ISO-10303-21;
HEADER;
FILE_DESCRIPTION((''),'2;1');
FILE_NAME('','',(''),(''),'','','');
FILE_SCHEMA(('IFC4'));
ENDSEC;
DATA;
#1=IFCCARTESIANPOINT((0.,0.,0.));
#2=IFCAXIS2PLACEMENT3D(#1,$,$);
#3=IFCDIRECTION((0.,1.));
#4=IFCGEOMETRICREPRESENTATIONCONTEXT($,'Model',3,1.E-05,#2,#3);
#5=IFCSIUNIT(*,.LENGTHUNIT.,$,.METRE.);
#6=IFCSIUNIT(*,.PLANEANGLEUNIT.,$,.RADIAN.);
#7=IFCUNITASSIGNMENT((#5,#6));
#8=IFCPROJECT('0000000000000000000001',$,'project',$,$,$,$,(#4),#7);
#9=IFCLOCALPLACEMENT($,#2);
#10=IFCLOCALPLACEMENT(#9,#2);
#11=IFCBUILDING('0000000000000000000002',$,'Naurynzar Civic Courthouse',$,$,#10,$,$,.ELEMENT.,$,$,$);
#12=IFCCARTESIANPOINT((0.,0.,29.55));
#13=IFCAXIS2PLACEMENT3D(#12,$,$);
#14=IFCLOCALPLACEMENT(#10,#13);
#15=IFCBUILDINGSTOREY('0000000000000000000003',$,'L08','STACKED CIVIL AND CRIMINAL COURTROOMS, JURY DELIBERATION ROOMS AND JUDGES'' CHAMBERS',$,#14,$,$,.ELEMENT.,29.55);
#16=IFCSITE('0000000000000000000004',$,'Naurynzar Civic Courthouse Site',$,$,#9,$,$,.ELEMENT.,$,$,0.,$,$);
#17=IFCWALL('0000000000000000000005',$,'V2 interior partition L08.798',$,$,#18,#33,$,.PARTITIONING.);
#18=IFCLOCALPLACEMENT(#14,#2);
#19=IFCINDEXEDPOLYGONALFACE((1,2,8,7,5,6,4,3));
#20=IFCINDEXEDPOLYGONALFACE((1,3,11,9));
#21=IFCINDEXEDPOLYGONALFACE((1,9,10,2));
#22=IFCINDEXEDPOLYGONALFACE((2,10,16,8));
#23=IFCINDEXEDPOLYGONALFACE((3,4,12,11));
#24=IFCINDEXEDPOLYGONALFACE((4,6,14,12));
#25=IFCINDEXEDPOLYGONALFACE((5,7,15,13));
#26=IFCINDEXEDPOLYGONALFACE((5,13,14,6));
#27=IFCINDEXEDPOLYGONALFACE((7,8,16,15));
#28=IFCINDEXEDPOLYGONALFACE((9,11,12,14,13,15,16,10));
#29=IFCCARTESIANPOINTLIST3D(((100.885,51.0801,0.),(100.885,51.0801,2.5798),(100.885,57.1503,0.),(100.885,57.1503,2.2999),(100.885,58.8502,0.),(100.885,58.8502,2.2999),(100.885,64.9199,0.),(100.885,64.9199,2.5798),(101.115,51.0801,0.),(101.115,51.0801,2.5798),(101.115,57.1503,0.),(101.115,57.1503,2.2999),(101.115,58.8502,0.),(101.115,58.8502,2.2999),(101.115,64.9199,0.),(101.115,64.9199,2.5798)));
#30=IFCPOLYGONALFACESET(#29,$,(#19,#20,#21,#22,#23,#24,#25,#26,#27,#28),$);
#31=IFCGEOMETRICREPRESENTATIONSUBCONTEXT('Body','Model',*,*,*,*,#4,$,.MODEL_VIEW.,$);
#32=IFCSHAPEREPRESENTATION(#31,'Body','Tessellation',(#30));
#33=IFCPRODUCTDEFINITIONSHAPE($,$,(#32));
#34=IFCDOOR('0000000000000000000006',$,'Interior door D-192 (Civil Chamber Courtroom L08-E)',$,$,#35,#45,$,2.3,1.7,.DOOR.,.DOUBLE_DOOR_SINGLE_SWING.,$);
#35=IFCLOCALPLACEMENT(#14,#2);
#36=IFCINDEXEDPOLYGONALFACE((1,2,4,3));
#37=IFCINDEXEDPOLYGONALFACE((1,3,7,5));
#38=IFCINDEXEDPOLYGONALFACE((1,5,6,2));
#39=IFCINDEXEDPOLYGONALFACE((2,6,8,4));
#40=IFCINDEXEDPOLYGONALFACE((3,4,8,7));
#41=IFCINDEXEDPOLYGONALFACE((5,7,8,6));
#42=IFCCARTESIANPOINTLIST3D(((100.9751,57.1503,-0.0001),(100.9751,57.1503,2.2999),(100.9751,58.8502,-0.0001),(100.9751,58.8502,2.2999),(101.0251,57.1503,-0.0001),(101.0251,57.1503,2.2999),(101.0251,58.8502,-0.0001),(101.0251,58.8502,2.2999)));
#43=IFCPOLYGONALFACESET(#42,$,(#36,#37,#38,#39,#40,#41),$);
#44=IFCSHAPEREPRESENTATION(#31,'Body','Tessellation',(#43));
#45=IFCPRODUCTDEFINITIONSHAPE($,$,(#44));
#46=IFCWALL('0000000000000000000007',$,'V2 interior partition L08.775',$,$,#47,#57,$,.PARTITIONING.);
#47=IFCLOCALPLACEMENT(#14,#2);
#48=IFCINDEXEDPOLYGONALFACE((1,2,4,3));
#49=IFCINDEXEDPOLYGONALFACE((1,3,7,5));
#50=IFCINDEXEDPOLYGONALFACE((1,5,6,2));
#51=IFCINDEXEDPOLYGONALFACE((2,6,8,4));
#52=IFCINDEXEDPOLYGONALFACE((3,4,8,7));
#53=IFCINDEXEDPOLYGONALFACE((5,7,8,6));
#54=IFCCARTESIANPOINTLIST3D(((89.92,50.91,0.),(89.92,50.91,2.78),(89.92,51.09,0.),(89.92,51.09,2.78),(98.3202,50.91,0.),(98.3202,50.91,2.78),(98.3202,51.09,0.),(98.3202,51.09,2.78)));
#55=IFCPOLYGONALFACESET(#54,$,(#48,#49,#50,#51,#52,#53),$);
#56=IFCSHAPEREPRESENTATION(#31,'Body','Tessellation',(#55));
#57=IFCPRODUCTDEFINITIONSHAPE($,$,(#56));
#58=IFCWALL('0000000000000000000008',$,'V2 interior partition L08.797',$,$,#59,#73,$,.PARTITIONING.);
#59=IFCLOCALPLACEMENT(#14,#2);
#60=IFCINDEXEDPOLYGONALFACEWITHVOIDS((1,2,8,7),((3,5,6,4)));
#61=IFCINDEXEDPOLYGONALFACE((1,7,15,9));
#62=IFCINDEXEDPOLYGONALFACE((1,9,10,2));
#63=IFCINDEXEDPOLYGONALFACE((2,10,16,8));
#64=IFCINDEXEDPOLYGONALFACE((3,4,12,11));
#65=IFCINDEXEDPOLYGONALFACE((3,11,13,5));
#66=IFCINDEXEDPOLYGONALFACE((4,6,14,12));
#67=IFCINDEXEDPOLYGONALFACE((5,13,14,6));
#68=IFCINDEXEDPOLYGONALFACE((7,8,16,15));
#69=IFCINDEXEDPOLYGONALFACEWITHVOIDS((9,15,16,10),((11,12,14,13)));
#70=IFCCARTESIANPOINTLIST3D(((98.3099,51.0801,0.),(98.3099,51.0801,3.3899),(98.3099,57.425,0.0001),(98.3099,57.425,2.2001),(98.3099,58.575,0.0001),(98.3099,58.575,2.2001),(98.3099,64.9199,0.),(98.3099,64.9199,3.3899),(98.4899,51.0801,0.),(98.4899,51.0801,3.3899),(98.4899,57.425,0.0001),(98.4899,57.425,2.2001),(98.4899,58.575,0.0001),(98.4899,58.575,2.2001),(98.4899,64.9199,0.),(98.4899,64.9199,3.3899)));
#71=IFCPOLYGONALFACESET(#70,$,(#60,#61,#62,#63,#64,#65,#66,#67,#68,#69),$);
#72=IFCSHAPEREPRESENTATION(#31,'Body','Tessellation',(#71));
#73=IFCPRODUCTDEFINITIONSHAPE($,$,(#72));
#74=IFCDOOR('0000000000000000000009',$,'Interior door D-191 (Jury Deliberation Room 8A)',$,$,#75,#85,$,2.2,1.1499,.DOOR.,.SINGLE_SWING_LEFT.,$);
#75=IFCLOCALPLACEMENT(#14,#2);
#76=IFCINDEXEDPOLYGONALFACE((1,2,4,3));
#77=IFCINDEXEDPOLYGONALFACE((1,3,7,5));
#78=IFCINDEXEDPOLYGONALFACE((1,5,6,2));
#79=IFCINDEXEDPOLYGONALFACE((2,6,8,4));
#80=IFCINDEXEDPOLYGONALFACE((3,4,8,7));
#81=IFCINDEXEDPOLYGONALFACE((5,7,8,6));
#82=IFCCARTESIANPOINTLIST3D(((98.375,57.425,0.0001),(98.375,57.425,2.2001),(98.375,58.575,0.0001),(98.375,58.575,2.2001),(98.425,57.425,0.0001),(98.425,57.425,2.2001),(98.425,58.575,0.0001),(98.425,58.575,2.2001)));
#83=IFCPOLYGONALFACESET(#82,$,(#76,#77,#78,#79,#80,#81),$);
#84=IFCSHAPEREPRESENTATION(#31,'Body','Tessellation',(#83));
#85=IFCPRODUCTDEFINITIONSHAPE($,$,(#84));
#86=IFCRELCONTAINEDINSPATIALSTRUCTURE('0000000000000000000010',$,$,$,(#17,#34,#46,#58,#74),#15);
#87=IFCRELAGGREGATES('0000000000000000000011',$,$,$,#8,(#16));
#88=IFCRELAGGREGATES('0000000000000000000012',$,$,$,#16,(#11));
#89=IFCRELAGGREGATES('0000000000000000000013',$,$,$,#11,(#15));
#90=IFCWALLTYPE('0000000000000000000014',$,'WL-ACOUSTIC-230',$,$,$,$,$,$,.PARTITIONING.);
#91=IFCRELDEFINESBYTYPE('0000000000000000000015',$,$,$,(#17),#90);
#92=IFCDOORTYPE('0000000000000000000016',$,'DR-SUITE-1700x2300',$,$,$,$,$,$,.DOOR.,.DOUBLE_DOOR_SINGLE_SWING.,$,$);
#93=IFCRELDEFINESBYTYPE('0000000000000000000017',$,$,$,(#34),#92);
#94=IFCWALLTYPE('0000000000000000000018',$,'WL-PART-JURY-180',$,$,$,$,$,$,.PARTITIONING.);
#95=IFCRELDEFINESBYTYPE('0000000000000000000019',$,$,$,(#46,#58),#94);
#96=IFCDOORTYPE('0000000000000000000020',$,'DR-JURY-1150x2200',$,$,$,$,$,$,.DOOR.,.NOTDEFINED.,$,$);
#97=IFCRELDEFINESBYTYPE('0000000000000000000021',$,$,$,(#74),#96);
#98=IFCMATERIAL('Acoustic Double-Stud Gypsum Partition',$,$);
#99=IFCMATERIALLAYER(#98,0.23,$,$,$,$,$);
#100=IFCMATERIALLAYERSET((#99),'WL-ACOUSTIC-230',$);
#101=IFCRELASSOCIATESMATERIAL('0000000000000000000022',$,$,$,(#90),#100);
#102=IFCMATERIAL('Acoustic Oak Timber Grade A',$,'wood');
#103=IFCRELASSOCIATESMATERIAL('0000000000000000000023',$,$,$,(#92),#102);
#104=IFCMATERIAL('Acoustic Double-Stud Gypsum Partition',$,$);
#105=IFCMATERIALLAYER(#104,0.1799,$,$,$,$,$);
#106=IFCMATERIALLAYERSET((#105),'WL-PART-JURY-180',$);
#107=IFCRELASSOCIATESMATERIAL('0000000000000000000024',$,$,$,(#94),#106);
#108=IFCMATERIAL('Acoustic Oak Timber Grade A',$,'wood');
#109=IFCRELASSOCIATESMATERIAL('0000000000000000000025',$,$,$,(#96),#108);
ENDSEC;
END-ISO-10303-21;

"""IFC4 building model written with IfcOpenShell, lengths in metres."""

from ifc_helpers import new_model, si_unit, direction, frame, frame_2d, origin, place, context, subcontext, project, spatial, rectangle, extrude, material, layer, layer_set, type_object, element, fill, save


model = new_model("IFC4")

# Units and contexts
model_context = context("Model", 3, precision=1e-05, world=origin(), true_north=direction((0.0, 1.0)))
body_context = subcontext(model_context, "Body", "Model", "MODEL_VIEW")
ifc_project = project(units=[si_unit("LENGTHUNIT", "METRE"), si_unit("PLANEANGLEUNIT", "RADIAN")], contexts=[model_context])

# Site, building, storey
site_placement = place(None, origin())
site = spatial("IfcSite", under=ifc_project, at=site_placement, Name="Naurynzar Civic Courthouse Site", CompositionType="ELEMENT", RefElevation=0.0)
building_placement = place(site_placement, origin())
building = spatial("IfcBuilding", under=site, at=building_placement, Name="Naurynzar Civic Courthouse", CompositionType="ELEMENT")
storey_placement = place(building_placement, frame((0.0, 0.0, 29.55)))
storey = spatial("IfcBuildingStorey", under=building, at=storey_placement, Name="L08", Description="STACKED CIVIL AND CRIMINAL COURTROOMS, JURY DELIBERATION ROOMS AND JUDGES' CHAMBERS", CompositionType="ELEMENT", Elevation=29.55)

# Shared definitions
ifc_material_1 = material(Name="Acoustic Double-Stud Gypsum Partition")
ifc_layer_1 = layer(ifc_material_1, 0.23)
ifc_layer_set_1 = layer_set([ifc_layer_1], Name="WL-ACOUSTIC-230")
wall_type_1 = type_object("IfcWallType", Name="WL-ACOUSTIC-230", PredefinedType="PARTITIONING", material=ifc_layer_set_1)

# Wall, opening, door
wall_1_placement = place(storey_placement, frame((101.0, 51.0801, 0.0), z_axis=(0.0, 0.0, 1.0), x_axis=(0.0, 1.0, 0.0)))
wall_1 = element("IfcWall", 1, at=wall_1_placement, inside=storey, type_object=wall_type_1, Name="V2 interior partition L08.798", PredefinedType="PARTITIONING", context=body_context, shape_type="SweptSolid", body=[
    extrude(rectangle(XDim=13.8398, YDim=0.23, at=frame_2d((6.9199, 0.0))), origin(), (0.0, 0.0, 1.0), 2.5798),
])
opening_1_placement = place(wall_1_placement, frame((6.0701, 0.0, 0.0)))
opening_1 = element("IfcOpeningElement", 2, at=opening_1_placement, cuts=wall_1, PredefinedType="OPENING", context=body_context, shape_type="SweptSolid", body=[
    extrude(rectangle(XDim=1.7, YDim=2.3, at=frame_2d((0.8501, 1.1499))), frame((0.0, 0.125, 0.0), z_axis=(0.0, -1.0, 0.0), x_axis=(1.0, 0.0, 0.0)), (0.0, 0.0, 1.0), 0.25),
])
ifc_material_2 = material(Name="Acoustic Oak Timber Grade A", Category="wood")
door_type_1 = type_object("IfcDoorType", Name="DR-SUITE-1700x2300", OperationType="DOUBLE_DOOR_SINGLE_SWING", PredefinedType="DOOR", material=ifc_material_2)
door_1_placement = place(opening_1_placement, origin())
door_1 = element("IfcDoor", 3, at=door_1_placement, inside=storey, type_object=door_type_1, Name="Interior door D-192 (Civil Chamber Courtroom L08-E)", OperationType="DOUBLE_DOOR_SINGLE_SWING", OverallHeight=2.3, OverallWidth=1.7, PredefinedType="DOOR", context=body_context, shape_type="SweptSolid", body=[
    extrude(rectangle(XDim=1.7, YDim=2.3, at=frame_2d((0.8501, 1.1499))), frame((0.0, 0.0249, 0.0), z_axis=(0.0, -1.0, 0.0), x_axis=(1.0, 0.0, 0.0)), (0.0, 0.0, 1.0), 0.05),
])
fill(opening_1, door_1)

# Wall
ifc_material_3 = material(Name="Acoustic Double-Stud Gypsum Partition")
ifc_layer_2 = layer(ifc_material_3, 0.1799)
ifc_layer_set_2 = layer_set([ifc_layer_2], Name="WL-PART-JURY-180")
wall_type_2 = type_object("IfcWallType", Name="WL-PART-JURY-180", PredefinedType="PARTITIONING", material=ifc_layer_set_2)
wall_2_placement = place(storey_placement, frame((89.9199, 51.0, 0.0), z_axis=(0.0, 0.0, 1.0), x_axis=(1.0, 0.0, 0.0)))
element("IfcWall", 4, at=wall_2_placement, inside=storey, type_object=wall_type_2, Name="V2 interior partition L08.775", PredefinedType="PARTITIONING", context=body_context, shape_type="SweptSolid", body=[
    extrude(rectangle(XDim=8.4001, YDim=0.1799, at=frame_2d((4.2002, 0.0))), origin(), (0.0, 0.0, 1.0), 2.78),
])

# Wall, opening, door
wall_3_placement = place(storey_placement, frame((98.3999, 51.0801, 0.0), z_axis=(0.0, 0.0, 1.0), x_axis=(0.0, 1.0, 0.0)))
wall_3 = element("IfcWall", 5, at=wall_3_placement, inside=storey, type_object=wall_type_2, Name="V2 interior partition L08.797", PredefinedType="PARTITIONING", context=body_context, shape_type="SweptSolid", body=[
    extrude(rectangle(XDim=13.8398, YDim=0.1799, at=frame_2d((6.9199, 0.0))), origin(), (0.0, 0.0, 1.0), 3.3899),
])
opening_2_placement = place(wall_3_placement, frame((6.345, 0.0, 0.0)))
opening_2 = element("IfcOpeningElement", 6, at=opening_2_placement, cuts=wall_3, PredefinedType="OPENING", context=body_context, shape_type="SweptSolid", body=[
    extrude(rectangle(XDim=1.1499, YDim=2.2, at=frame_2d((0.575, 1.1001))), frame((0.0, 0.0999, 0.0), z_axis=(0.0, -1.0, 0.0), x_axis=(1.0, 0.0, 0.0)), (0.0, 0.0, 1.0), 0.2),
])
ifc_material_4 = material(Name="Acoustic Oak Timber Grade A", Category="wood")
door_type_2 = type_object("IfcDoorType", Name="DR-JURY-1150x2200", OperationType="NOTDEFINED", PredefinedType="DOOR", material=ifc_material_4)
door_2_placement = place(opening_2_placement, origin())
door_2 = element("IfcDoor", 7, at=door_2_placement, inside=storey, type_object=door_type_2, Name="Interior door D-191 (Jury Deliberation Room 8A)", OperationType="SINGLE_SWING_LEFT", OverallHeight=2.2, OverallWidth=1.1499, PredefinedType="DOOR", context=body_context, shape_type="SweptSolid", body=[
    extrude(rectangle(XDim=1.1499, YDim=2.2, at=frame_2d((0.575, 1.1001))), frame((0.0, 0.0249, 0.0), z_axis=(0.0, -1.0, 0.0), x_axis=(1.0, 0.0, 0.0)), (0.0, 0.0, 1.0), 0.05),
])
fill(opening_2, door_2)

save(model, "model.ifc")
